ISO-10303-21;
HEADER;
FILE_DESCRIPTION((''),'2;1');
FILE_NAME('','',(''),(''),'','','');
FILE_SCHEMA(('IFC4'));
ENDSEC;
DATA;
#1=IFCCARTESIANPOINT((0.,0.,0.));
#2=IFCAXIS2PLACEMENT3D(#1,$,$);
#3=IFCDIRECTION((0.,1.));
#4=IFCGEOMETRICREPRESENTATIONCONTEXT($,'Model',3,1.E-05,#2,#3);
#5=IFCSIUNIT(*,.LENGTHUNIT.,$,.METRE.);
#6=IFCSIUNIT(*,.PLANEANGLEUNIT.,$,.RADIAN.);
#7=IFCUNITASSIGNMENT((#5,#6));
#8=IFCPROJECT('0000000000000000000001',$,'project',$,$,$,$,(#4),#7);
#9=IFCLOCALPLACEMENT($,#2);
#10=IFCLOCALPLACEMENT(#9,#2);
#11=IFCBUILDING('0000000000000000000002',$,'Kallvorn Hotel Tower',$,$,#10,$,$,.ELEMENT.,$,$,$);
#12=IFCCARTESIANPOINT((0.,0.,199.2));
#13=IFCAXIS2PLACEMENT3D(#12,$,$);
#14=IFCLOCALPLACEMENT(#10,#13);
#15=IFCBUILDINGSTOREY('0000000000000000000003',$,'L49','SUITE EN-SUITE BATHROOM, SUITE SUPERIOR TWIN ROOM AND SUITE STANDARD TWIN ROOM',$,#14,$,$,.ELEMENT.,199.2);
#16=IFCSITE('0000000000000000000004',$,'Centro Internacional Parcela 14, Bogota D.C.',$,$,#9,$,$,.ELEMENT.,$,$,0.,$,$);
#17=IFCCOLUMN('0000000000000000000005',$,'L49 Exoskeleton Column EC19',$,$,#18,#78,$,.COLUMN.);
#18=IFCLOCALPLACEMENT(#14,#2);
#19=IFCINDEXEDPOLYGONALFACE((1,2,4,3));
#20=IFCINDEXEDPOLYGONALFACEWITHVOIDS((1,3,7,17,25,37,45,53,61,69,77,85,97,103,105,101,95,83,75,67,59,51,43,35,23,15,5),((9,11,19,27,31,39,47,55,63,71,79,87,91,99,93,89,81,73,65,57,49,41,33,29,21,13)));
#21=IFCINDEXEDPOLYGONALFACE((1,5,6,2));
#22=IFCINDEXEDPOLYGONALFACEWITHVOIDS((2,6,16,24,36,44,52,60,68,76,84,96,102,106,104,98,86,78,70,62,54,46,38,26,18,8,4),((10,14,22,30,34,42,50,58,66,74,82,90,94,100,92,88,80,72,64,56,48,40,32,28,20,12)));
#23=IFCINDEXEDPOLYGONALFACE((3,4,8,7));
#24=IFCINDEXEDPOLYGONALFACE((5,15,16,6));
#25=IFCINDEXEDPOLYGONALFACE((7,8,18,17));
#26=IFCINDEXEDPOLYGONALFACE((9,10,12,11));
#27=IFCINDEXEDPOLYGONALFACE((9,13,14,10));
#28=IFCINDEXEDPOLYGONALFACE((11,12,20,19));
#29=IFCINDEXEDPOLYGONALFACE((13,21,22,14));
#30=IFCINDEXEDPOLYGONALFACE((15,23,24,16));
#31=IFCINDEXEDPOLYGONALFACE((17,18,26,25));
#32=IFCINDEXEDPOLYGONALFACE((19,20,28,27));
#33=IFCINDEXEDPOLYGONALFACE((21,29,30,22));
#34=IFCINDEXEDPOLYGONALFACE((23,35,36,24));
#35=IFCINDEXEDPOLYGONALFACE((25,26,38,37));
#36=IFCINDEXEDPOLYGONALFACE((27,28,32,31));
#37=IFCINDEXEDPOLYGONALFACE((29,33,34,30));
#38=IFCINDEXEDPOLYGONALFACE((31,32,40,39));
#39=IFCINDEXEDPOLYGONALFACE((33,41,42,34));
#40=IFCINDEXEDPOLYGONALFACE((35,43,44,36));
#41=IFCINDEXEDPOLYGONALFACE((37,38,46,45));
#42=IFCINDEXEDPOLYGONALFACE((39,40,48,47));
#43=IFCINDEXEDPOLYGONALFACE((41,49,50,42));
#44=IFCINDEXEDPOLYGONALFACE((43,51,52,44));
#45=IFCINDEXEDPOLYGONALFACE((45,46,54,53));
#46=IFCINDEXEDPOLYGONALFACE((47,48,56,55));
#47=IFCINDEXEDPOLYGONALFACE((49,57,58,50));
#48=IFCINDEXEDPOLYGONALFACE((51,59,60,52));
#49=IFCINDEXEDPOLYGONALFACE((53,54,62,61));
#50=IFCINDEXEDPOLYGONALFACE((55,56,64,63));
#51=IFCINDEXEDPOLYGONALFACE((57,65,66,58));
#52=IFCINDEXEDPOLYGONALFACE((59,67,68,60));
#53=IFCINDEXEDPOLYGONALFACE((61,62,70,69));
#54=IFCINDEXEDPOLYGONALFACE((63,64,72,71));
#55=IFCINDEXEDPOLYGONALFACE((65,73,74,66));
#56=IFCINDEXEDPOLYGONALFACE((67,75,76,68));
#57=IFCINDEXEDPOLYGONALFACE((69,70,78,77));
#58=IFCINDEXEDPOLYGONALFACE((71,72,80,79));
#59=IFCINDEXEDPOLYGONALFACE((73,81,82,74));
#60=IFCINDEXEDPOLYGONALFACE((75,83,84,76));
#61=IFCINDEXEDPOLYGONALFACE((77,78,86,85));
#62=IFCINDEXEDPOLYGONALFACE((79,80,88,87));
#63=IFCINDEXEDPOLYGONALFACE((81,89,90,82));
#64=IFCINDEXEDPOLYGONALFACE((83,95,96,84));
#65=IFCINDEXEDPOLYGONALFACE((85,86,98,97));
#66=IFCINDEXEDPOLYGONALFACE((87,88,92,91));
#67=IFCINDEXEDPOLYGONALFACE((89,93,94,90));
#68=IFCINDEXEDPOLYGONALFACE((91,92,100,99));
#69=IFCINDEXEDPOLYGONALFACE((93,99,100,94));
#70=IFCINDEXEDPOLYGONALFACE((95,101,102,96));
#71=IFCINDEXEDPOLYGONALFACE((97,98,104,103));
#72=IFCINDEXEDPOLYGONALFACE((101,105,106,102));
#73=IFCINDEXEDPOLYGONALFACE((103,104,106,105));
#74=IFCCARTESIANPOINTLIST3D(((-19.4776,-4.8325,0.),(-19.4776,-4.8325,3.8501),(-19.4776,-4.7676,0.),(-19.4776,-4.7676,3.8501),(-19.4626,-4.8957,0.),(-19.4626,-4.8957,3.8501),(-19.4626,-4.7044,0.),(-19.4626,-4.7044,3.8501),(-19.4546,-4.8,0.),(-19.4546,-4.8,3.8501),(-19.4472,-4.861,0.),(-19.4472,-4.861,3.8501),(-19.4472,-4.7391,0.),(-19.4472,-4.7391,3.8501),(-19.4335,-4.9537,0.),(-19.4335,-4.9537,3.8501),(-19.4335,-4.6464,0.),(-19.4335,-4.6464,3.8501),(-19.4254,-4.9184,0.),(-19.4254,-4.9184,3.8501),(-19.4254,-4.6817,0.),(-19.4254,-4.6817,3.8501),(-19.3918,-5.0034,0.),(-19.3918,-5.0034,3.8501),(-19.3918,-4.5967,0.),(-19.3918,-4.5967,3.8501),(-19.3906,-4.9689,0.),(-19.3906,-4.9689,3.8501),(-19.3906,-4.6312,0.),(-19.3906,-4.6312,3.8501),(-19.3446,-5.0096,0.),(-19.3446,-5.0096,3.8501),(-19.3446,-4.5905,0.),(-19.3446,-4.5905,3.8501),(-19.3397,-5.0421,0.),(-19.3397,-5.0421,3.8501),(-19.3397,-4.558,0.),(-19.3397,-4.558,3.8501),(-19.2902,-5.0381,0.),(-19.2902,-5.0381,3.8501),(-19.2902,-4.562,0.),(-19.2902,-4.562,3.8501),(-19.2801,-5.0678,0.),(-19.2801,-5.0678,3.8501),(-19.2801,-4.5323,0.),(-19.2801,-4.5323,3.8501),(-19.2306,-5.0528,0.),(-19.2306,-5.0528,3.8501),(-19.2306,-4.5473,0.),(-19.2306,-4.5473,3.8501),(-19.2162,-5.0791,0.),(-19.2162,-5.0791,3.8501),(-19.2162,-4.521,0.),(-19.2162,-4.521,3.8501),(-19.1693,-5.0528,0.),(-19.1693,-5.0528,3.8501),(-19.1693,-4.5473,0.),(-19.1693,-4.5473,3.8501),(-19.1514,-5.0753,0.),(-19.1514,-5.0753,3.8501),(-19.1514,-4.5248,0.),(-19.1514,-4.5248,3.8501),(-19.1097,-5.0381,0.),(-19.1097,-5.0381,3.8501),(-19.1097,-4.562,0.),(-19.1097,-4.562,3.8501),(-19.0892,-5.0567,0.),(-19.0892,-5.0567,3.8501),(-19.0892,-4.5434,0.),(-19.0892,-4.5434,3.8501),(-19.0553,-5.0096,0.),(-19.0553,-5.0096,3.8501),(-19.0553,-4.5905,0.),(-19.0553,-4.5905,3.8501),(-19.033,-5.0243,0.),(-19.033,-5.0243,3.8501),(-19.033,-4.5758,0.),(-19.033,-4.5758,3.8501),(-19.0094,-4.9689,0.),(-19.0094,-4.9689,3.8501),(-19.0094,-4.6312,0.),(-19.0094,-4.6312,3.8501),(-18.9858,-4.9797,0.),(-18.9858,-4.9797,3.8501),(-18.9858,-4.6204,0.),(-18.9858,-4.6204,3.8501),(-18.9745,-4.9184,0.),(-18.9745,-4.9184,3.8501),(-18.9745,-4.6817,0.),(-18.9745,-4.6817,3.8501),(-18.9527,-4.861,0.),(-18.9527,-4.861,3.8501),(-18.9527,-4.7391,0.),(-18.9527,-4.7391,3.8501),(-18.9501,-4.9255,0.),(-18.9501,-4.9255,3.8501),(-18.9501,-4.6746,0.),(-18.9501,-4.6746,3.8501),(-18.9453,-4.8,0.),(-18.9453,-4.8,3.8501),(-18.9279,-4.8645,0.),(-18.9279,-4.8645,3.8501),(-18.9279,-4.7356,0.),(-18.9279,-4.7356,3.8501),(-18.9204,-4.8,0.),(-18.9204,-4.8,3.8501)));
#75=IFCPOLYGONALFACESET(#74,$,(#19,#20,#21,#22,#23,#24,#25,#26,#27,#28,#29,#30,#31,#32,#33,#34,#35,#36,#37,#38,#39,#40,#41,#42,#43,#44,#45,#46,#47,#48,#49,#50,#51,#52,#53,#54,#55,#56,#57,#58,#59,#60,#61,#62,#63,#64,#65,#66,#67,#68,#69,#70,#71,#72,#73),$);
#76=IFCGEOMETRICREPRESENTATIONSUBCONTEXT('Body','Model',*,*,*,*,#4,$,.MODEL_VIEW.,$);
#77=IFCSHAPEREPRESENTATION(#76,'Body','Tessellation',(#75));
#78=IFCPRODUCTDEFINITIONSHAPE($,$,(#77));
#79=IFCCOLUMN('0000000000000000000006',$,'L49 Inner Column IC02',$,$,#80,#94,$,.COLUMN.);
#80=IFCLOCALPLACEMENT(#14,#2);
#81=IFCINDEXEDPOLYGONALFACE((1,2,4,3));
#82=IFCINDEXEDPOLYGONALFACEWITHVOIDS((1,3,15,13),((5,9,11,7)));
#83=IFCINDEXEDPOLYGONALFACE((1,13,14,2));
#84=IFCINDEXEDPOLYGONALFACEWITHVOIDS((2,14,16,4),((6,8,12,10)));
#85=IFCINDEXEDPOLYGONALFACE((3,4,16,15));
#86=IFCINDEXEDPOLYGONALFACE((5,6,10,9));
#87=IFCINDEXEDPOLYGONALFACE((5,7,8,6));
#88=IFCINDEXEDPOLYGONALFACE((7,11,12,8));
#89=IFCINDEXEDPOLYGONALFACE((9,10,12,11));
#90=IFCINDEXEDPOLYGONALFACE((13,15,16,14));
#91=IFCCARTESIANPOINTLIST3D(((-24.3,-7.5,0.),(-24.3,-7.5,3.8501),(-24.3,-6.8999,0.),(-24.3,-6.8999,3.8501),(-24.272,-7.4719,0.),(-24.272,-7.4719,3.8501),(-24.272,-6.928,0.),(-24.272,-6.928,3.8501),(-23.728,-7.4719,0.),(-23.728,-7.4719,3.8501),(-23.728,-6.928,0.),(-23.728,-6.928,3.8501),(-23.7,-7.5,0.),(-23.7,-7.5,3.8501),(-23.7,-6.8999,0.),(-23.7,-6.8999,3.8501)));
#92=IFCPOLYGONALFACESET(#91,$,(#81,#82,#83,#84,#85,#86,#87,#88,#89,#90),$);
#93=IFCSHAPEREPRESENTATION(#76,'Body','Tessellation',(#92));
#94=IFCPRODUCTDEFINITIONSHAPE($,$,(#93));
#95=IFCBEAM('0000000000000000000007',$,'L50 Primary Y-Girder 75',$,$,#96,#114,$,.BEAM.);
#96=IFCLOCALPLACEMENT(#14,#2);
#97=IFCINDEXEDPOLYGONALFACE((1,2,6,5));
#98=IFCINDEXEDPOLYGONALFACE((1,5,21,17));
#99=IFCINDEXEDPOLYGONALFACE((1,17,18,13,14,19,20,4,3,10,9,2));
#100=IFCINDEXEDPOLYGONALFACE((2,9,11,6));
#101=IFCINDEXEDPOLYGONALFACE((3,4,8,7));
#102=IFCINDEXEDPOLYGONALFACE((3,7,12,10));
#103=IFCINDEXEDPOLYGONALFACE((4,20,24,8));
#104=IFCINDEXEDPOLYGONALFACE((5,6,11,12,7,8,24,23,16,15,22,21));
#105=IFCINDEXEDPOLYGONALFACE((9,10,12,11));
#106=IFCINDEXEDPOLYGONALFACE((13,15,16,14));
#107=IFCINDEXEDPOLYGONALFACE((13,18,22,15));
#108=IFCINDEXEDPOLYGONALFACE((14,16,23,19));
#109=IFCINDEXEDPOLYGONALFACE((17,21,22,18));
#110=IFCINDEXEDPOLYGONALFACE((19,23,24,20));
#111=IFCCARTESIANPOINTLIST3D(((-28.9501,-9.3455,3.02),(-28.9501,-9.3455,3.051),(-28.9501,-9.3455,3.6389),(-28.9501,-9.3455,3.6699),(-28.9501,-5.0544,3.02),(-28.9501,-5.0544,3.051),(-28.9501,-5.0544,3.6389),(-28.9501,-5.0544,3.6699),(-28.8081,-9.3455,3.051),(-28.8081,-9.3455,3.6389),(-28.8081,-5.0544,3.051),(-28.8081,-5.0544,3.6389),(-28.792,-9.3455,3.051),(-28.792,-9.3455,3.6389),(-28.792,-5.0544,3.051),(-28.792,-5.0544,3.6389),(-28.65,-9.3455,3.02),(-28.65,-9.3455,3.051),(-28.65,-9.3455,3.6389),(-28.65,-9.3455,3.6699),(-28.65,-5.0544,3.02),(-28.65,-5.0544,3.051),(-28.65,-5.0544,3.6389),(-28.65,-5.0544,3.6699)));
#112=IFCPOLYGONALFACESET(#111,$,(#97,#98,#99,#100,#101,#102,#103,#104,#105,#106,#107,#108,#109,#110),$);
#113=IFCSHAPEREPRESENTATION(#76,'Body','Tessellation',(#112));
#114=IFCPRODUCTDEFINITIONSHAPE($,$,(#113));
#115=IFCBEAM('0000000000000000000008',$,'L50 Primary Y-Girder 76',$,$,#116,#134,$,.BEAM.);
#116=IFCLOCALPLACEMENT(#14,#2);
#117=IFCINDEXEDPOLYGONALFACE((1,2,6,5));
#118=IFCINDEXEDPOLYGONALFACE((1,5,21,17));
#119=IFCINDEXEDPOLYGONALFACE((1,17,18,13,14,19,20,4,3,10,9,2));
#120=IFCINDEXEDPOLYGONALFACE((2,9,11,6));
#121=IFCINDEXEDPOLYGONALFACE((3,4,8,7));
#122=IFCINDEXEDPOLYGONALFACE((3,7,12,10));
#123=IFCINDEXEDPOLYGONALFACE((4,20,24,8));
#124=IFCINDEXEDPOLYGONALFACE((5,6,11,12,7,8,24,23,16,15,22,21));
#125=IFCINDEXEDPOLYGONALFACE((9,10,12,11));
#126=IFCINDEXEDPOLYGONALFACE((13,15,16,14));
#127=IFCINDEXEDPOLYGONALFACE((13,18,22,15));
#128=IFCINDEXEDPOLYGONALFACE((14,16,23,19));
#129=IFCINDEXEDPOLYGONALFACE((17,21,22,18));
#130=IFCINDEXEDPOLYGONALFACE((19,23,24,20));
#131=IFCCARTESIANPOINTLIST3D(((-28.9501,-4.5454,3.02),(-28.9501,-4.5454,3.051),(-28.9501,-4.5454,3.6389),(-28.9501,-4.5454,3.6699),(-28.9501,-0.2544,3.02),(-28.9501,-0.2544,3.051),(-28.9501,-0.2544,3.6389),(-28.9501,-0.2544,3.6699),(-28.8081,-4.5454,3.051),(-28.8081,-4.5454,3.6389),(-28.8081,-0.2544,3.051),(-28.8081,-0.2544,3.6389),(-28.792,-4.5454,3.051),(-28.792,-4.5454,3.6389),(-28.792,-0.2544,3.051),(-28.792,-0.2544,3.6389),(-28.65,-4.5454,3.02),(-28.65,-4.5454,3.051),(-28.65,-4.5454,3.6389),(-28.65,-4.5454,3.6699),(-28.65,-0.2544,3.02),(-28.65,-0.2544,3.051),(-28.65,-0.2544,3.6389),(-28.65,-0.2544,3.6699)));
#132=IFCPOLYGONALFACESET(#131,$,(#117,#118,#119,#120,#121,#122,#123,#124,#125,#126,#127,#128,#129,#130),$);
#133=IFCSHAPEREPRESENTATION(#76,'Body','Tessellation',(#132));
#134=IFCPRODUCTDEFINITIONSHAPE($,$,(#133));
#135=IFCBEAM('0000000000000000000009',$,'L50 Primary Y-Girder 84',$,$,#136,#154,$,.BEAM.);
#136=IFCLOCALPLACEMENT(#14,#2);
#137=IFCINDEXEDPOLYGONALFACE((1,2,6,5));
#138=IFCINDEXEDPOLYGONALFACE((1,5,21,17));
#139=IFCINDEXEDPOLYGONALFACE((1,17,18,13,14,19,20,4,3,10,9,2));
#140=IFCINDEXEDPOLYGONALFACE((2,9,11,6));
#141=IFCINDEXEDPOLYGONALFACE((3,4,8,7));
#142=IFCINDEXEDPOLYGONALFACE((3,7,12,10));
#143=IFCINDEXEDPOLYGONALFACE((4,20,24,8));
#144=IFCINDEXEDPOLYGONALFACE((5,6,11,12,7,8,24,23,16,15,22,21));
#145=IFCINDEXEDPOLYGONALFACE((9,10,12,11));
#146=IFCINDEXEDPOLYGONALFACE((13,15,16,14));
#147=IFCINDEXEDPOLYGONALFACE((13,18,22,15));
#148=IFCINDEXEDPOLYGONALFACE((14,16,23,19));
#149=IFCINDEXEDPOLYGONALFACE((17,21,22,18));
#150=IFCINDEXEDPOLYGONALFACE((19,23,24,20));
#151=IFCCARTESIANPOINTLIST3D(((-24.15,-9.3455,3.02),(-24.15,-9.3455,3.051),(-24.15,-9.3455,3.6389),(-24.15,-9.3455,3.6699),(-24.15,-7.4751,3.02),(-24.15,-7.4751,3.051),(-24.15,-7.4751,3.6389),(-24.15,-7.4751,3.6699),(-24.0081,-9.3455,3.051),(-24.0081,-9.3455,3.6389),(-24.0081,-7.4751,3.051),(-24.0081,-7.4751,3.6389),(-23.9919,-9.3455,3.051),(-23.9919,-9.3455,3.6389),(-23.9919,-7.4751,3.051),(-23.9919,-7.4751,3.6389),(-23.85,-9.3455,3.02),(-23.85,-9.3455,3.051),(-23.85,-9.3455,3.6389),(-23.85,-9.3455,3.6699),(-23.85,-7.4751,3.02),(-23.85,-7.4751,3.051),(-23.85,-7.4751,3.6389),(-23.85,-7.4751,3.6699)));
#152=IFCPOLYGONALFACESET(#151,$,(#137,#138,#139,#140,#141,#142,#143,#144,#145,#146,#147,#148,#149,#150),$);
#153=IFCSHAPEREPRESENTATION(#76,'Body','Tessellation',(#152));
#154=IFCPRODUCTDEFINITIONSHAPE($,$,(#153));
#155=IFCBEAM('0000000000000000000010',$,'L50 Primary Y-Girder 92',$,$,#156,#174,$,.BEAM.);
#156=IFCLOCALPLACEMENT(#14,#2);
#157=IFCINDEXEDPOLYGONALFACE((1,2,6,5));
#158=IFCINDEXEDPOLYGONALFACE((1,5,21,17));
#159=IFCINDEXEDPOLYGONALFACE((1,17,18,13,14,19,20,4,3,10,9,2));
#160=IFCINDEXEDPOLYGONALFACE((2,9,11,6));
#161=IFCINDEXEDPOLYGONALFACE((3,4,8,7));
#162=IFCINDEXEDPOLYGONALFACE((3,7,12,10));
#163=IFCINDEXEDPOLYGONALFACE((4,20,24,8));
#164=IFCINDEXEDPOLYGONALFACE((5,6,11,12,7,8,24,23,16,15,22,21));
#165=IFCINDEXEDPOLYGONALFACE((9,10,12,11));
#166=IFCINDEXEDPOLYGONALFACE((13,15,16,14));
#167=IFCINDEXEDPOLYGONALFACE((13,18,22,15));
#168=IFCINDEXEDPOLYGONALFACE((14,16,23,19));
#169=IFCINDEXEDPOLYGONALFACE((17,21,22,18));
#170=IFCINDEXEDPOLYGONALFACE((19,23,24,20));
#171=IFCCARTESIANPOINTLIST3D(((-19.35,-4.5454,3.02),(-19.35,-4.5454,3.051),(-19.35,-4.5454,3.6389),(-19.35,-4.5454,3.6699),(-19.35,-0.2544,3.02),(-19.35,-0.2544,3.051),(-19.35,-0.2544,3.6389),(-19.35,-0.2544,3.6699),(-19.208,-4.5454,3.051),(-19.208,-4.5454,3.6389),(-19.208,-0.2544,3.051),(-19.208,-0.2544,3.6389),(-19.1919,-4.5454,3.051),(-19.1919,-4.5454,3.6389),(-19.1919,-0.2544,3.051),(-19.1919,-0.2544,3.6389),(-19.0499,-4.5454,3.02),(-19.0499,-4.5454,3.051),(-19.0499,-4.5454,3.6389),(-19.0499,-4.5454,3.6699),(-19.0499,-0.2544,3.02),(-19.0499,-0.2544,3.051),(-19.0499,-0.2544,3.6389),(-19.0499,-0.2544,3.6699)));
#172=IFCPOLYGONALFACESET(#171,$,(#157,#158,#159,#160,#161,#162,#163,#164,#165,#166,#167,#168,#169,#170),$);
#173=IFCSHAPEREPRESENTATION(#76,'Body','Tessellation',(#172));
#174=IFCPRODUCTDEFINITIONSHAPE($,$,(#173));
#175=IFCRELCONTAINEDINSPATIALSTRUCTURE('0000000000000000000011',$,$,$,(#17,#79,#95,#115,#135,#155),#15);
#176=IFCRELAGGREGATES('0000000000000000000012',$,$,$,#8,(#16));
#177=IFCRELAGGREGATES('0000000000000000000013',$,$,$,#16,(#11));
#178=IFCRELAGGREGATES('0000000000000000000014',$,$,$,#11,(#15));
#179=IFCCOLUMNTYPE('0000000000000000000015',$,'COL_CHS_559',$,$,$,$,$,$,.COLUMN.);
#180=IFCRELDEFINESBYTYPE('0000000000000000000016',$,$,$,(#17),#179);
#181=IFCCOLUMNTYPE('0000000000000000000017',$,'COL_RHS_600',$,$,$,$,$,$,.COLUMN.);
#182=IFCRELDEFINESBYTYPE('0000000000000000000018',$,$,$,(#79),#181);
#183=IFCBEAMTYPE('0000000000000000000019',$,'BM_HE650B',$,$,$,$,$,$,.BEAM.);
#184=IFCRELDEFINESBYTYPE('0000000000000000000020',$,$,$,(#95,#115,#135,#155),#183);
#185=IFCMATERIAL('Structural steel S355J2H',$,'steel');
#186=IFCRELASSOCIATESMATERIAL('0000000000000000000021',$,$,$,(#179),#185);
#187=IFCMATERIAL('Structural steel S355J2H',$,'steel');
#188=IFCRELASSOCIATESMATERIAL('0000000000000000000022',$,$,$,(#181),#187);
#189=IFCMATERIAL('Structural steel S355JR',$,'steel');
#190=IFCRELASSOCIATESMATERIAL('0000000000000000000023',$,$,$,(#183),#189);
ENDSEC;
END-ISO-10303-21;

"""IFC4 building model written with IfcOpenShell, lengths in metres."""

from ifc_helpers import new_model, si_unit, direction, frame, origin, origin_2d, place, context, subcontext, project, spatial, hollow_rectangle, hollow_circle, i_section, extrude, material, material_profile, profile_set, type_object, element, save


model = new_model("IFC4")

# Units and contexts
model_context = context("Model", 3, precision=1e-05, world=origin(), true_north=direction((0.0, 1.0)))
body_context = subcontext(model_context, "Body", "Model", "MODEL_VIEW")
ifc_project = project(units=[si_unit("LENGTHUNIT", "METRE"), si_unit("PLANEANGLEUNIT", "RADIAN")], contexts=[model_context])

# Site, building, storey
site_placement = place(None, origin())
site = spatial("IfcSite", under=ifc_project, at=site_placement, Name="Centro Internacional Parcela 14, Bogota D.C.", CompositionType="ELEMENT", RefElevation=0.0)
building_placement = place(site_placement, origin())
building = spatial("IfcBuilding", under=site, at=building_placement, Name="Kallvorn Hotel Tower", CompositionType="ELEMENT")
storey_placement = place(building_placement, frame((0.0, 0.0, 199.2)))
storey = spatial("IfcBuildingStorey", under=building, at=storey_placement, Name="L49", Description="SUITE EN-SUITE BATHROOM, SUITE SUPERIOR TWIN ROOM AND SUITE STANDARD TWIN ROOM", CompositionType="ELEMENT", Elevation=199.2)

# Columns
ifc_material_1 = material(Name="Structural steel S355J2H", Category="steel")
ifc_material_profile_1 = material_profile(ifc_material_1, hollow_circle(Radius=0.2795, WallThickness=0.0249, at=origin_2d()), Name="CHS 559x25")
ifc_profile_set_1 = profile_set([ifc_material_profile_1], Name="Structural steel S355J2H")
column_type_1 = type_object("IfcColumnType", Name="COL_CHS_559", PredefinedType="COLUMN", material=ifc_profile_set_1)
for number, where, z_axis, x_axis, name in (
    (1, (-19.2, -4.8, 0.0), (0.0, 0.0, 1.0), (1.0, 0.0, 0.0), "L49 Exoskeleton Column EC19"),
):
    element("IfcColumn", number, at=place(storey_placement, frame(where, z_axis=z_axis, x_axis=x_axis)), inside=storey, type_object=column_type_1, Name=name, PredefinedType="COLUMN", context=body_context, shape_type="SweptSolid", body=[
        extrude(hollow_circle(Radius=0.2795, WallThickness=0.0249, at=origin_2d()), origin(), (0.0, 0.0, 1.0), 3.8501),
    ])
ifc_material_2 = material(Name="Structural steel S355J2H", Category="steel")
ifc_material_profile_2 = material_profile(ifc_material_2, hollow_rectangle(XDim=0.6001, YDim=0.6001, WallThickness=0.0281, at=origin_2d()), Name="RHS 600x600x28")
ifc_profile_set_2 = profile_set([ifc_material_profile_2], Name="Structural steel S355J2H")
column_type_2 = type_object("IfcColumnType", Name="COL_RHS_600", PredefinedType="COLUMN", material=ifc_profile_set_2)
column_placement = place(storey_placement, frame((-24.0, -7.2, 0.0), z_axis=(0.0, 0.0, 1.0), x_axis=(1.0, 0.0, 0.0)))
element("IfcColumn", 2, at=column_placement, inside=storey, type_object=column_type_2, Name="L49 Inner Column IC02", PredefinedType="COLUMN", context=body_context, shape_type="SweptSolid", body=[
    extrude(hollow_rectangle(XDim=0.6001, YDim=0.6001, WallThickness=0.0281, at=origin_2d()), origin(), (0.0, 0.0, 1.0), 3.8501),
])

# Beams
ifc_material_3 = material(Name="Structural steel S355JR", Category="steel")
ifc_material_profile_3 = material_profile(ifc_material_3, i_section(OverallWidth=0.3, OverallDepth=0.6499, WebThickness=0.0161, FlangeThickness=0.031, at=origin_2d()), Name="HE 650 B")
ifc_profile_set_3 = profile_set([ifc_material_profile_3], Name="Structural steel S355JR")
beam_type_1 = type_object("IfcBeamType", Name="BM_HE650B", PredefinedType="BEAM", material=ifc_profile_set_3)
for number, where, z_axis, x_axis, name in (
    (3, (-28.8, -9.3455, 3.345), (0.0, 1.0, 0.0), (-1.0, 0.0, 0.0), "L50 Primary Y-Girder 75"),
    (4, (-28.8, -4.5454, 3.345), (0.0, 1.0, 0.0), (-1.0, 0.0, 0.0), "L50 Primary Y-Girder 76"),
):
    element("IfcBeam", number, at=place(storey_placement, frame(where, z_axis=z_axis, x_axis=x_axis)), inside=storey, type_object=beam_type_1, Name=name, PredefinedType="BEAM", context=body_context, shape_type="SweptSolid", body=[
        extrude(i_section(OverallWidth=0.3, OverallDepth=0.6499, WebThickness=0.0161, FlangeThickness=0.031, at=origin_2d()), origin(), (0.0, 0.0, 1.0), 4.291),
    ])
beam_1_placement = place(storey_placement, frame((-24.0, -9.3455, 3.345), z_axis=(0.0, 1.0, 0.0), x_axis=(-1.0, 0.0, 0.0)))
element("IfcBeam", 5, at=beam_1_placement, inside=storey, type_object=beam_type_1, Name="L50 Primary Y-Girder 84", PredefinedType="BEAM", context=body_context, shape_type="SweptSolid", body=[
    extrude(i_section(OverallWidth=0.3, OverallDepth=0.6499, WebThickness=0.0161, FlangeThickness=0.031, at=origin_2d()), origin(), (0.0, 0.0, 1.0), 1.8704),
])
beam_2_placement = place(storey_placement, frame((-19.2, -4.5454, 3.345), z_axis=(0.0, 1.0, 0.0), x_axis=(-1.0, 0.0, 0.0)))
element("IfcBeam", 6, at=beam_2_placement, inside=storey, type_object=beam_type_1, Name="L50 Primary Y-Girder 92", PredefinedType="BEAM", context=body_context, shape_type="SweptSolid", body=[
    extrude(i_section(OverallWidth=0.3, OverallDepth=0.6499, WebThickness=0.0161, FlangeThickness=0.031, at=origin_2d()), origin(), (0.0, 0.0, 1.0), 4.291),
])

save(model, "model.ifc")
